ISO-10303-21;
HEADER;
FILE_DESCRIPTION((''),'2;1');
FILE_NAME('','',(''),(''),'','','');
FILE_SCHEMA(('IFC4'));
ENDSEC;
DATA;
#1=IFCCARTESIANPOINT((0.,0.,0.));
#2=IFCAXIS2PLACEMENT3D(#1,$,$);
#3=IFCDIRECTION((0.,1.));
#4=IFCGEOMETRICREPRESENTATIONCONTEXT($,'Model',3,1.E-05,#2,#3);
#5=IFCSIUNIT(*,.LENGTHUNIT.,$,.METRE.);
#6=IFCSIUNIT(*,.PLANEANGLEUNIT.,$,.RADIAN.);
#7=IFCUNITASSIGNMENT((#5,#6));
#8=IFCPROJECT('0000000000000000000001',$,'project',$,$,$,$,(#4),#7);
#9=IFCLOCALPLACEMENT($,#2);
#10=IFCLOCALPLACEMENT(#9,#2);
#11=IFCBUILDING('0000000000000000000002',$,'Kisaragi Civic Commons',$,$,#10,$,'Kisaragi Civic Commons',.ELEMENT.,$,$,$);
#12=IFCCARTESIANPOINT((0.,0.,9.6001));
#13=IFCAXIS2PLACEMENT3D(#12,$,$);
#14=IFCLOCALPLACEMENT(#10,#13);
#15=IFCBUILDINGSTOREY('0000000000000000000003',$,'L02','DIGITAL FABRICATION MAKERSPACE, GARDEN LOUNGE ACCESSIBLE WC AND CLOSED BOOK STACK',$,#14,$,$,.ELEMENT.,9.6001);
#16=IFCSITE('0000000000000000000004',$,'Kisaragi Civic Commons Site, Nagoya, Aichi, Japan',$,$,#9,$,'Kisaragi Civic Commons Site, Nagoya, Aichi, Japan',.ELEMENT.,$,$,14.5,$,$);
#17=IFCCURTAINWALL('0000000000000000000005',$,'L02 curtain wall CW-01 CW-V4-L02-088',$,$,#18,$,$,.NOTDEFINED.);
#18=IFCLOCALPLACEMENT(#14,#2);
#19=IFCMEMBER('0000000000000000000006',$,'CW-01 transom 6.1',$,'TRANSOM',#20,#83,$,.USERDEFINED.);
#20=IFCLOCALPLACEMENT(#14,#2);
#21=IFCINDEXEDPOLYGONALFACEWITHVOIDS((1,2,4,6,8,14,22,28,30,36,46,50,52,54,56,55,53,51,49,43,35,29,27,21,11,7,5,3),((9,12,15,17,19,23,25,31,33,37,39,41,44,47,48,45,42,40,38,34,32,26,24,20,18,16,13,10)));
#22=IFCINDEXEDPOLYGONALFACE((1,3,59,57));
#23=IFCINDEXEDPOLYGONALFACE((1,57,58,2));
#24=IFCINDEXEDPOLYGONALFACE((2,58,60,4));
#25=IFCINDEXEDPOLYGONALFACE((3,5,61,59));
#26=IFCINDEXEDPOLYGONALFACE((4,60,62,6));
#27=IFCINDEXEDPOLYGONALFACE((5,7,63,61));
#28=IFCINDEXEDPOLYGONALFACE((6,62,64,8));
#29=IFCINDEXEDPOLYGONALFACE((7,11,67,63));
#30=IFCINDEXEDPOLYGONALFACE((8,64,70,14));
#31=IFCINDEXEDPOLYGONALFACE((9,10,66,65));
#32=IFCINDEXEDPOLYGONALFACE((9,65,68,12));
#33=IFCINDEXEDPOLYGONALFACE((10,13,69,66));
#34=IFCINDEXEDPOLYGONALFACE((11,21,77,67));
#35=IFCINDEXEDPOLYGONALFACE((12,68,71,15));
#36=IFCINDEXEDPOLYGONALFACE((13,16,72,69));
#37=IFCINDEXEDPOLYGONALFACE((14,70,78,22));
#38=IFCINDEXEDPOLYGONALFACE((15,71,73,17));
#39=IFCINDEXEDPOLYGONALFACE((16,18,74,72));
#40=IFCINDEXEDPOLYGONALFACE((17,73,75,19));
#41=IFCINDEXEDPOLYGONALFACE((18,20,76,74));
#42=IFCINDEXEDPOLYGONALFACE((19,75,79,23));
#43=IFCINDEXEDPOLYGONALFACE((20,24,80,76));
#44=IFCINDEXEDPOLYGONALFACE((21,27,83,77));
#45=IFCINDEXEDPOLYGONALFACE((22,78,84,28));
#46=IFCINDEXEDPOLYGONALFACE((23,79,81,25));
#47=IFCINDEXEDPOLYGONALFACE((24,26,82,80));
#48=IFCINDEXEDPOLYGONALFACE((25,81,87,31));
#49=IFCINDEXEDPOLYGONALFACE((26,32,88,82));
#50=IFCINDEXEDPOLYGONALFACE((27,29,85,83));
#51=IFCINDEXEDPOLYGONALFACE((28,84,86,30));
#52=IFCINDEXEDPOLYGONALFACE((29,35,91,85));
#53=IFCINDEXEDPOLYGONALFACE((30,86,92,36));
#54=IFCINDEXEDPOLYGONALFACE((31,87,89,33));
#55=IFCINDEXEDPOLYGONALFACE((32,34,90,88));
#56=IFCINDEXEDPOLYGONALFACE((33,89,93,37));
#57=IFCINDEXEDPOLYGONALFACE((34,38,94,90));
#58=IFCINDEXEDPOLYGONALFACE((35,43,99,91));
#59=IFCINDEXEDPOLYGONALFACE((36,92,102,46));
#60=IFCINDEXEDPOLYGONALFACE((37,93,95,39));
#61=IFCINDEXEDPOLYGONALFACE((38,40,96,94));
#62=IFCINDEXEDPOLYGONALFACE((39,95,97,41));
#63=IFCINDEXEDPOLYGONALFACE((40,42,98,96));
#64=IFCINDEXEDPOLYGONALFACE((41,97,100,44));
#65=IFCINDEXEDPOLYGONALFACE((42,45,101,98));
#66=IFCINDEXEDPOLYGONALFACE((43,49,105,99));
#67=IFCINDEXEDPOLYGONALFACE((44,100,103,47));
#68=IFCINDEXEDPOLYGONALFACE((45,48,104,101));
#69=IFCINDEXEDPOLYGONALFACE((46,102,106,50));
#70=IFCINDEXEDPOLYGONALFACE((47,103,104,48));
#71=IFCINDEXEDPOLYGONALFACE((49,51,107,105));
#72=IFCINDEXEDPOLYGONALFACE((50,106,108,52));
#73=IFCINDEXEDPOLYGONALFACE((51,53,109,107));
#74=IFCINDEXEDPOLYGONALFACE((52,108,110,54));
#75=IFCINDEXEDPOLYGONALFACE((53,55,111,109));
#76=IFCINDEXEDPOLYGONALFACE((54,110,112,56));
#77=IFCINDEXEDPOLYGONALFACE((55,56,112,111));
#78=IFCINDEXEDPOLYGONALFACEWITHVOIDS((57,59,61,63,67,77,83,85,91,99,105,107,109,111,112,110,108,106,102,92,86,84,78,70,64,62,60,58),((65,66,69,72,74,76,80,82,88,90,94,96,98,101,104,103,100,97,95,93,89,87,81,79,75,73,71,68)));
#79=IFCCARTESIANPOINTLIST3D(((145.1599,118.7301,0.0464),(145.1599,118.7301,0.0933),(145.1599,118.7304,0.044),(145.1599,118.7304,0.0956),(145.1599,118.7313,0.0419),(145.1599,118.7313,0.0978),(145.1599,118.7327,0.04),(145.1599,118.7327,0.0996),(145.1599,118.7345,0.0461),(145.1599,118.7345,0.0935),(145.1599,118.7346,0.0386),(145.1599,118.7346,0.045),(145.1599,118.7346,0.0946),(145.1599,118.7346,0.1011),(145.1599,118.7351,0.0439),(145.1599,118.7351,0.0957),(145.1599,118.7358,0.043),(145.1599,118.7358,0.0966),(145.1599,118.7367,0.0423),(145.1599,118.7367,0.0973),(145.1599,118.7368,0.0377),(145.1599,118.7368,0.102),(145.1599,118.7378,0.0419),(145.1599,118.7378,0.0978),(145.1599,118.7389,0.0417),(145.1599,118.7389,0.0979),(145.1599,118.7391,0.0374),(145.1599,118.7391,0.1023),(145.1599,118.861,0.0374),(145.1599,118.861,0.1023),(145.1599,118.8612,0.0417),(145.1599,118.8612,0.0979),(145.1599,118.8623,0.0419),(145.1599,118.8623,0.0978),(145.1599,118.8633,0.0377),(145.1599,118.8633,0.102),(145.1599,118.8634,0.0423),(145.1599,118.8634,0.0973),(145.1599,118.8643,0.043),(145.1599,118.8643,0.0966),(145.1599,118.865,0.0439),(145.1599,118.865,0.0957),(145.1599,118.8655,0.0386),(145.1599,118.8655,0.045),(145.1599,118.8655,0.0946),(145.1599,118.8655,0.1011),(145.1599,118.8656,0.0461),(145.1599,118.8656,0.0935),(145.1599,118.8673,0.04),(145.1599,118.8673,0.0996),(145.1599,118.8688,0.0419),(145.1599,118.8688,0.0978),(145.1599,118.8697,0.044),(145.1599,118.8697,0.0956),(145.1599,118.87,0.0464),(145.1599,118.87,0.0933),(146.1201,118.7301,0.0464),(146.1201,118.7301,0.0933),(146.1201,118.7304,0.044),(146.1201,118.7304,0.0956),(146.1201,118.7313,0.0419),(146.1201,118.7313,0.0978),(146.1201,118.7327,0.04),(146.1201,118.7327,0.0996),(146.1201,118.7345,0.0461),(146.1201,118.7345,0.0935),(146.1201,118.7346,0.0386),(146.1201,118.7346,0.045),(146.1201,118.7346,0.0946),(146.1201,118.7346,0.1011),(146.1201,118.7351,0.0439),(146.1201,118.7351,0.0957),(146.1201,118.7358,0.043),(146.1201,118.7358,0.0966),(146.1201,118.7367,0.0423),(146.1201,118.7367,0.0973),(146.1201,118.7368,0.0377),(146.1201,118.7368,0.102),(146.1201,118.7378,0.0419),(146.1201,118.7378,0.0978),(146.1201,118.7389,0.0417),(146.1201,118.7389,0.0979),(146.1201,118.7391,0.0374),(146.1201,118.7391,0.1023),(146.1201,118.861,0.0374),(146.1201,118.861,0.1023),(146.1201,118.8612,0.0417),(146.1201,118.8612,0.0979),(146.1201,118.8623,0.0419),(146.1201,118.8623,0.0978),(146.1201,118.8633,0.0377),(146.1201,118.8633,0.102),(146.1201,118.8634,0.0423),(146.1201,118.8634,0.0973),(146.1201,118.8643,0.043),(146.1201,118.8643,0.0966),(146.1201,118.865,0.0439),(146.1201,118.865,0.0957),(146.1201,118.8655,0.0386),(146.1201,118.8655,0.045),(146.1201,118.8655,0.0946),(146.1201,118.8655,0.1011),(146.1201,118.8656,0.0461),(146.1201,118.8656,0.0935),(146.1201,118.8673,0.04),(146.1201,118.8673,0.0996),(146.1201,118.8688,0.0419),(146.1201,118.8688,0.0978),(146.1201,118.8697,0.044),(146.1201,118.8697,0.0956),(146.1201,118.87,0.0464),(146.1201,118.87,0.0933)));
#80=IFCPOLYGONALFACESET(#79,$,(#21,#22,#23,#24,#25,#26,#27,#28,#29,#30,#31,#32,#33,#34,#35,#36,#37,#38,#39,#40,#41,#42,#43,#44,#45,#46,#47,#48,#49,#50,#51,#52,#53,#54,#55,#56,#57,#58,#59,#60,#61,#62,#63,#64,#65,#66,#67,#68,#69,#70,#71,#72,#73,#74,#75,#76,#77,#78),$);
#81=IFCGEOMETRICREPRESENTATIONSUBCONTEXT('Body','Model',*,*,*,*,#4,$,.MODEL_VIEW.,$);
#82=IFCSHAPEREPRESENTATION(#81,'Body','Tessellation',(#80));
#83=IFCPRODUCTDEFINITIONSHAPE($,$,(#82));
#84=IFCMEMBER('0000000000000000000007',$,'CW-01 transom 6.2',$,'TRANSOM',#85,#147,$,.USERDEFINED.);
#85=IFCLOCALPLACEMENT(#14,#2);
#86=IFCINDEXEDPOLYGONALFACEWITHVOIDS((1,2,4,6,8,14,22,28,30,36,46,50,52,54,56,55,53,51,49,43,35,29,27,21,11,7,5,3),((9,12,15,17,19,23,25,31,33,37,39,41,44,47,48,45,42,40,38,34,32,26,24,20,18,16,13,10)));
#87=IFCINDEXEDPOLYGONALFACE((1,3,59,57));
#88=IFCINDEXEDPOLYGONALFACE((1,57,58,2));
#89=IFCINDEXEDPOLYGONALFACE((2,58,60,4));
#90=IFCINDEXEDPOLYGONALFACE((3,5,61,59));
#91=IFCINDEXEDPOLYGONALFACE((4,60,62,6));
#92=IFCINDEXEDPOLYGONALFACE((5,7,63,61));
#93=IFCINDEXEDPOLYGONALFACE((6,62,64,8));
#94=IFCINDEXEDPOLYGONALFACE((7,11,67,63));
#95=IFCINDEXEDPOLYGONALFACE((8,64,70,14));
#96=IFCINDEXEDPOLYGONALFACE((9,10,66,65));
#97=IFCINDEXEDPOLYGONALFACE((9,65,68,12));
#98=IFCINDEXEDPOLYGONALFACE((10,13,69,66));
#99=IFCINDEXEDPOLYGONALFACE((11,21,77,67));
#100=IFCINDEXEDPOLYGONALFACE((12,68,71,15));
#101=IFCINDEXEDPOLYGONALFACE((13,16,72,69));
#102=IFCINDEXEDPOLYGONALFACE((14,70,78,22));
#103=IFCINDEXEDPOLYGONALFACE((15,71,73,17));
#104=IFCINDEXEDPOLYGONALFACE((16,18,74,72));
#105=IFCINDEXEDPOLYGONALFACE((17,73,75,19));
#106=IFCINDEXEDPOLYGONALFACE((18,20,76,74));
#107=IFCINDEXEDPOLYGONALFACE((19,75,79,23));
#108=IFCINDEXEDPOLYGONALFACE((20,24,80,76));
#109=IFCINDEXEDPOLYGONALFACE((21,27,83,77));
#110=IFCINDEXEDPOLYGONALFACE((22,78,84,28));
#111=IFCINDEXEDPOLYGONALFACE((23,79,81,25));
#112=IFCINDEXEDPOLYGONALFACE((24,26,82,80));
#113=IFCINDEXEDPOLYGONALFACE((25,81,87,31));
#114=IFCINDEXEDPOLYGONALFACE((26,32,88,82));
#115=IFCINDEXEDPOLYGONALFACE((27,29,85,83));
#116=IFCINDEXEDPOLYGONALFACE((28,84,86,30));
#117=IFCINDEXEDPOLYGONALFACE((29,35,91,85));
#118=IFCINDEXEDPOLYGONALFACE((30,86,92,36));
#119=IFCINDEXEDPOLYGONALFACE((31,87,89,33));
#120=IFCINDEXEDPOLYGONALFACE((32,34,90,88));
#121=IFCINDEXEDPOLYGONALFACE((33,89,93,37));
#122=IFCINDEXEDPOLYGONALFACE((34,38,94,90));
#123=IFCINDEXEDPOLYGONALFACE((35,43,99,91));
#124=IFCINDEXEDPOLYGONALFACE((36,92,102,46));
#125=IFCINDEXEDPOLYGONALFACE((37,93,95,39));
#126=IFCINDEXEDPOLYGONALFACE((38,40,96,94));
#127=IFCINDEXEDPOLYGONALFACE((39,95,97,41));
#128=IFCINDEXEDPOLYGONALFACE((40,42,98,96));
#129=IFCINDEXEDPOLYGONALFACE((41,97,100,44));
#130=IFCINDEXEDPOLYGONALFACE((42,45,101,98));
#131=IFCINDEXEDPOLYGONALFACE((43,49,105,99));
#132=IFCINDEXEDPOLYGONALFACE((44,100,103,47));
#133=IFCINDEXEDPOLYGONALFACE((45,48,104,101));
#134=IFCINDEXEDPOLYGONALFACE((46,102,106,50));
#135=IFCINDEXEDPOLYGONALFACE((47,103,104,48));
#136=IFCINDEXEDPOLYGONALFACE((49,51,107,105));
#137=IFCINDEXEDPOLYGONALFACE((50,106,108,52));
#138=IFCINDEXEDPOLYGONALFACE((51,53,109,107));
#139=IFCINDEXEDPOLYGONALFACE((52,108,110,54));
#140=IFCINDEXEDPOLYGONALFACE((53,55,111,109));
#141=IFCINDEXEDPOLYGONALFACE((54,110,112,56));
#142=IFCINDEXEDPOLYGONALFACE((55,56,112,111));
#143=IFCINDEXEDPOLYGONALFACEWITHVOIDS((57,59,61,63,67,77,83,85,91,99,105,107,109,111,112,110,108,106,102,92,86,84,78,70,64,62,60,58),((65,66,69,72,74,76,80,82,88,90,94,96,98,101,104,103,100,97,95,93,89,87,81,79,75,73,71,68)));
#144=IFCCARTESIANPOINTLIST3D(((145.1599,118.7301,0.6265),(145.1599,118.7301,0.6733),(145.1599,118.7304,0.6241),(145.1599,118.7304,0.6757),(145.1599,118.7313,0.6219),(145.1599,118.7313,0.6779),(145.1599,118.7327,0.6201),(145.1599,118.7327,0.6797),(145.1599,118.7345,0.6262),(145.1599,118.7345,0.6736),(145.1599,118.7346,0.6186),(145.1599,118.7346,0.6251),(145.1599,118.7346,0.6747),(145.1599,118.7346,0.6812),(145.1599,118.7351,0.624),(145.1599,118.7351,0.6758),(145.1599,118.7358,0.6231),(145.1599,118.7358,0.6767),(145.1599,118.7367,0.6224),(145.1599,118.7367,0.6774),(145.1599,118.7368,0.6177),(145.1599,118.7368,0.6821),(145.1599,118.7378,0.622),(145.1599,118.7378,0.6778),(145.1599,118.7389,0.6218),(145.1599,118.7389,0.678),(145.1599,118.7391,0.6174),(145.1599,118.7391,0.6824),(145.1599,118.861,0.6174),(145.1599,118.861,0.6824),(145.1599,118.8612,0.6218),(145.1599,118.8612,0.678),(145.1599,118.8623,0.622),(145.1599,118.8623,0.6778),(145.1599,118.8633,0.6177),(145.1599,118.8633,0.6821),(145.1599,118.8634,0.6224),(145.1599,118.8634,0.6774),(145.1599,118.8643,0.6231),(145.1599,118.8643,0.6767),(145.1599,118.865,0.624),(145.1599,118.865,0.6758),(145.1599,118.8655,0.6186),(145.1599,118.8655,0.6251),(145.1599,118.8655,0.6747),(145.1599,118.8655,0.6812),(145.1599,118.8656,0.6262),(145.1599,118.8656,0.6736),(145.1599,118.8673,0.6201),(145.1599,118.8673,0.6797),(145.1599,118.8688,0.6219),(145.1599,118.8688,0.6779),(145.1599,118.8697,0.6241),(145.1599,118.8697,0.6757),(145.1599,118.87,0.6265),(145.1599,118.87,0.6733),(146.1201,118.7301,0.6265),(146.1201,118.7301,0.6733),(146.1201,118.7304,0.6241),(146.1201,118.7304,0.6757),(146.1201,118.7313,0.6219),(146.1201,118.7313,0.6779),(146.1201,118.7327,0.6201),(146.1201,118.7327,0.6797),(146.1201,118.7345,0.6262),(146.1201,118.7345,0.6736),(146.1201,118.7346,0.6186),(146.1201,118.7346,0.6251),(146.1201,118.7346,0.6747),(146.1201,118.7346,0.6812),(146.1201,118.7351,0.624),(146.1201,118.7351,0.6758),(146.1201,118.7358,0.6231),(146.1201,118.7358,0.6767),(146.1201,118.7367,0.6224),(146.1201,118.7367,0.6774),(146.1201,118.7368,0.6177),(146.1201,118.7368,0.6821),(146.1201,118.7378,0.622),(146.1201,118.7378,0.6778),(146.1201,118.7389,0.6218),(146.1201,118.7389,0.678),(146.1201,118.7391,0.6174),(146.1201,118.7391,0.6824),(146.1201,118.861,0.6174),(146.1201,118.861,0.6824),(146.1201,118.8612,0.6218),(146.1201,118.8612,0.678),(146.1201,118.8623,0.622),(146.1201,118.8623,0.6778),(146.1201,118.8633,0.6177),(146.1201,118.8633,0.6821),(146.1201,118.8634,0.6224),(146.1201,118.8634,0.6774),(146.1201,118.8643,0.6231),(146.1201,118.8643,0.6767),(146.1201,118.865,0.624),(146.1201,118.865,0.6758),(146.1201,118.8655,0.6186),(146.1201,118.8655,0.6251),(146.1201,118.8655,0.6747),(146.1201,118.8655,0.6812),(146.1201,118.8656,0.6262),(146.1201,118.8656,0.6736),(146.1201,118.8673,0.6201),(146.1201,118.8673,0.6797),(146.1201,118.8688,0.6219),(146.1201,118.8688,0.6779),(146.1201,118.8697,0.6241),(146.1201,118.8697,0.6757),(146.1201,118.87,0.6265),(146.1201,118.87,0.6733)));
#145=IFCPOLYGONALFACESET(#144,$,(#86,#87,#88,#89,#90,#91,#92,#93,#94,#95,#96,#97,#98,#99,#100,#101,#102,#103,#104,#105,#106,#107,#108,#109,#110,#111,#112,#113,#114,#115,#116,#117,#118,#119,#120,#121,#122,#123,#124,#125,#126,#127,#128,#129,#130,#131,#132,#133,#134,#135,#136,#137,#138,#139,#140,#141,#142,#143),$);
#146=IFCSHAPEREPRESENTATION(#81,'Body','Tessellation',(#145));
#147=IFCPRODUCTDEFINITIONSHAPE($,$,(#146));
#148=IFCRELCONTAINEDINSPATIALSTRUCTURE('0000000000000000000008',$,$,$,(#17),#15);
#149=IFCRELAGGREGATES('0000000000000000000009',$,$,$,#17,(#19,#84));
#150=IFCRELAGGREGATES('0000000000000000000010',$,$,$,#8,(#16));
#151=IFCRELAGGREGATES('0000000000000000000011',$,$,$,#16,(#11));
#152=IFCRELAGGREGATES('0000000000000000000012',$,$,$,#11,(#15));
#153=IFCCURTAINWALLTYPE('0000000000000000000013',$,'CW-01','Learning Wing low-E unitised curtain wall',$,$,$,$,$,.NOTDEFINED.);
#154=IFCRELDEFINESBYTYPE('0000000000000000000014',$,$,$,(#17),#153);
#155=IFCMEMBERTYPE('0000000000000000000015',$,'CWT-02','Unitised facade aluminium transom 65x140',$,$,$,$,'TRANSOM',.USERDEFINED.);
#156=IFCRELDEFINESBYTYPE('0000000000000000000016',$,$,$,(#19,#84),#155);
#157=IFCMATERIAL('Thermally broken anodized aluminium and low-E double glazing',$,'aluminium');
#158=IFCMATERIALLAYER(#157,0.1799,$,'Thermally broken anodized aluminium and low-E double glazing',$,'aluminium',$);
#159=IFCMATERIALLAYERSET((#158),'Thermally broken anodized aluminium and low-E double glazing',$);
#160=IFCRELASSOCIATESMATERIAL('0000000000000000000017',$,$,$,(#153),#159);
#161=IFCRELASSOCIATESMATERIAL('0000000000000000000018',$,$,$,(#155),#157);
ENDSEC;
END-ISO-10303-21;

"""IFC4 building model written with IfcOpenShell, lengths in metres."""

from ifc_helpers import new_model, si_unit, direction, frame, origin, origin_2d, place, context, subcontext, project, spatial, hollow_rectangle, extrude, material, layer, layer_set, material_profile, profile_set, type_object, element, aggregate, save


model = new_model("IFC4")

# Units and contexts
model_context = context("Model", 3, precision=1e-05, world=origin(), true_north=direction((0.0, 1.0)))
body_context = subcontext(model_context, "Body", "Model", "MODEL_VIEW")
ifc_project = project(units=[si_unit("LENGTHUNIT", "METRE"), si_unit("PLANEANGLEUNIT", "RADIAN")], contexts=[model_context])

# Site, building, storey
site_placement = place(None, origin())
site = spatial("IfcSite", under=ifc_project, at=site_placement, Name="Kisaragi Civic Commons Site, Nagoya, Aichi, Japan", LongName="Kisaragi Civic Commons Site, Nagoya, Aichi, Japan", CompositionType="ELEMENT", RefElevation=14.5)
building_placement = place(site_placement, origin())
building = spatial("IfcBuilding", under=site, at=building_placement, Name="Kisaragi Civic Commons", LongName="Kisaragi Civic Commons", CompositionType="ELEMENT")
storey_placement = place(building_placement, frame((0.0, 0.0, 9.6001)))
storey = spatial("IfcBuildingStorey", under=building, at=storey_placement, Name="L02", Description="DIGITAL FABRICATION MAKERSPACE, GARDEN LOUNGE ACCESSIBLE WC AND CLOSED BOOK STACK", CompositionType="ELEMENT", Elevation=9.6001)

# Curtain wall, members
ifc_material_1 = material(Name="Thermally broken anodized aluminium and low-E double glazing", Category="aluminium")
ifc_layer_1 = layer(ifc_material_1, 0.1799, Name="Thermally broken anodized aluminium and low-E double glazing", Category="aluminium")
ifc_layer_set_1 = layer_set([ifc_layer_1], Name="Thermally broken anodized aluminium and low-E double glazing")
curtain_wall_type = type_object("IfcCurtainWallType", Name="CW-01", Description="Learning Wing low-E unitised curtain wall", PredefinedType="NOTDEFINED", material=ifc_layer_set_1)
curtain_wall_placement = place(storey_placement, origin())
curtain_wall = element("IfcCurtainWall", 1, at=curtain_wall_placement, inside=storey, type_object=curtain_wall_type, Name="L02 curtain wall CW-01 CW-V4-L02-088", PredefinedType="NOTDEFINED")
ifc_material_profile_1 = material_profile(ifc_material_1, hollow_rectangle(XDim=0.1399, YDim=0.0649, WallThickness=0.0044, InnerFilletRadius=0.0044, OuterFilletRadius=0.009, at=origin_2d()), Name="CWT-65x140x4.5", Category="aluminium")
ifc_profile_set_1 = profile_set([ifc_material_profile_1], Name="Thermally broken anodized aluminium and low-E double glazing")
member_type_1 = type_object("IfcMemberType", Name="CWT-02", Description="Unitised facade aluminium transom 65x140", ElementType="TRANSOM", PredefinedType="USERDEFINED", material=ifc_profile_set_1)
member_1_placement = place(storey_placement, frame((145.1599, 118.8, 0.0698), z_axis=(1.0, 0.0, 0.0), x_axis=(0.0, 1.0, 0.0)))
member_1 = element("IfcMember", 2, at=member_1_placement, type_object=member_type_1, Name="CW-01 transom 6.1", ObjectType="TRANSOM", PredefinedType="USERDEFINED", context=body_context, shape_type="SweptSolid", body=[
    extrude(hollow_rectangle(XDim=0.1399, YDim=0.0649, WallThickness=0.0044, InnerFilletRadius=0.0044, OuterFilletRadius=0.009, at=origin_2d()), origin(), (0.0, 0.0, 1.0), 0.9602),
])
member_2_placement = place(storey_placement, frame((145.1599, 118.8, 0.6499), z_axis=(1.0, 0.0, 0.0), x_axis=(0.0, 1.0, 0.0)))
member_2 = element("IfcMember", 3, at=member_2_placement, type_object=member_type_1, Name="CW-01 transom 6.2", ObjectType="TRANSOM", PredefinedType="USERDEFINED", context=body_context, shape_type="SweptSolid", body=[
    extrude(hollow_rectangle(XDim=0.1399, YDim=0.0649, WallThickness=0.0044, InnerFilletRadius=0.0044, OuterFilletRadius=0.009, at=origin_2d()), origin(), (0.0, 0.0, 1.0), 0.9602),
])
aggregate(curtain_wall, [member_1, member_2])

save(model, "model.ifc")
